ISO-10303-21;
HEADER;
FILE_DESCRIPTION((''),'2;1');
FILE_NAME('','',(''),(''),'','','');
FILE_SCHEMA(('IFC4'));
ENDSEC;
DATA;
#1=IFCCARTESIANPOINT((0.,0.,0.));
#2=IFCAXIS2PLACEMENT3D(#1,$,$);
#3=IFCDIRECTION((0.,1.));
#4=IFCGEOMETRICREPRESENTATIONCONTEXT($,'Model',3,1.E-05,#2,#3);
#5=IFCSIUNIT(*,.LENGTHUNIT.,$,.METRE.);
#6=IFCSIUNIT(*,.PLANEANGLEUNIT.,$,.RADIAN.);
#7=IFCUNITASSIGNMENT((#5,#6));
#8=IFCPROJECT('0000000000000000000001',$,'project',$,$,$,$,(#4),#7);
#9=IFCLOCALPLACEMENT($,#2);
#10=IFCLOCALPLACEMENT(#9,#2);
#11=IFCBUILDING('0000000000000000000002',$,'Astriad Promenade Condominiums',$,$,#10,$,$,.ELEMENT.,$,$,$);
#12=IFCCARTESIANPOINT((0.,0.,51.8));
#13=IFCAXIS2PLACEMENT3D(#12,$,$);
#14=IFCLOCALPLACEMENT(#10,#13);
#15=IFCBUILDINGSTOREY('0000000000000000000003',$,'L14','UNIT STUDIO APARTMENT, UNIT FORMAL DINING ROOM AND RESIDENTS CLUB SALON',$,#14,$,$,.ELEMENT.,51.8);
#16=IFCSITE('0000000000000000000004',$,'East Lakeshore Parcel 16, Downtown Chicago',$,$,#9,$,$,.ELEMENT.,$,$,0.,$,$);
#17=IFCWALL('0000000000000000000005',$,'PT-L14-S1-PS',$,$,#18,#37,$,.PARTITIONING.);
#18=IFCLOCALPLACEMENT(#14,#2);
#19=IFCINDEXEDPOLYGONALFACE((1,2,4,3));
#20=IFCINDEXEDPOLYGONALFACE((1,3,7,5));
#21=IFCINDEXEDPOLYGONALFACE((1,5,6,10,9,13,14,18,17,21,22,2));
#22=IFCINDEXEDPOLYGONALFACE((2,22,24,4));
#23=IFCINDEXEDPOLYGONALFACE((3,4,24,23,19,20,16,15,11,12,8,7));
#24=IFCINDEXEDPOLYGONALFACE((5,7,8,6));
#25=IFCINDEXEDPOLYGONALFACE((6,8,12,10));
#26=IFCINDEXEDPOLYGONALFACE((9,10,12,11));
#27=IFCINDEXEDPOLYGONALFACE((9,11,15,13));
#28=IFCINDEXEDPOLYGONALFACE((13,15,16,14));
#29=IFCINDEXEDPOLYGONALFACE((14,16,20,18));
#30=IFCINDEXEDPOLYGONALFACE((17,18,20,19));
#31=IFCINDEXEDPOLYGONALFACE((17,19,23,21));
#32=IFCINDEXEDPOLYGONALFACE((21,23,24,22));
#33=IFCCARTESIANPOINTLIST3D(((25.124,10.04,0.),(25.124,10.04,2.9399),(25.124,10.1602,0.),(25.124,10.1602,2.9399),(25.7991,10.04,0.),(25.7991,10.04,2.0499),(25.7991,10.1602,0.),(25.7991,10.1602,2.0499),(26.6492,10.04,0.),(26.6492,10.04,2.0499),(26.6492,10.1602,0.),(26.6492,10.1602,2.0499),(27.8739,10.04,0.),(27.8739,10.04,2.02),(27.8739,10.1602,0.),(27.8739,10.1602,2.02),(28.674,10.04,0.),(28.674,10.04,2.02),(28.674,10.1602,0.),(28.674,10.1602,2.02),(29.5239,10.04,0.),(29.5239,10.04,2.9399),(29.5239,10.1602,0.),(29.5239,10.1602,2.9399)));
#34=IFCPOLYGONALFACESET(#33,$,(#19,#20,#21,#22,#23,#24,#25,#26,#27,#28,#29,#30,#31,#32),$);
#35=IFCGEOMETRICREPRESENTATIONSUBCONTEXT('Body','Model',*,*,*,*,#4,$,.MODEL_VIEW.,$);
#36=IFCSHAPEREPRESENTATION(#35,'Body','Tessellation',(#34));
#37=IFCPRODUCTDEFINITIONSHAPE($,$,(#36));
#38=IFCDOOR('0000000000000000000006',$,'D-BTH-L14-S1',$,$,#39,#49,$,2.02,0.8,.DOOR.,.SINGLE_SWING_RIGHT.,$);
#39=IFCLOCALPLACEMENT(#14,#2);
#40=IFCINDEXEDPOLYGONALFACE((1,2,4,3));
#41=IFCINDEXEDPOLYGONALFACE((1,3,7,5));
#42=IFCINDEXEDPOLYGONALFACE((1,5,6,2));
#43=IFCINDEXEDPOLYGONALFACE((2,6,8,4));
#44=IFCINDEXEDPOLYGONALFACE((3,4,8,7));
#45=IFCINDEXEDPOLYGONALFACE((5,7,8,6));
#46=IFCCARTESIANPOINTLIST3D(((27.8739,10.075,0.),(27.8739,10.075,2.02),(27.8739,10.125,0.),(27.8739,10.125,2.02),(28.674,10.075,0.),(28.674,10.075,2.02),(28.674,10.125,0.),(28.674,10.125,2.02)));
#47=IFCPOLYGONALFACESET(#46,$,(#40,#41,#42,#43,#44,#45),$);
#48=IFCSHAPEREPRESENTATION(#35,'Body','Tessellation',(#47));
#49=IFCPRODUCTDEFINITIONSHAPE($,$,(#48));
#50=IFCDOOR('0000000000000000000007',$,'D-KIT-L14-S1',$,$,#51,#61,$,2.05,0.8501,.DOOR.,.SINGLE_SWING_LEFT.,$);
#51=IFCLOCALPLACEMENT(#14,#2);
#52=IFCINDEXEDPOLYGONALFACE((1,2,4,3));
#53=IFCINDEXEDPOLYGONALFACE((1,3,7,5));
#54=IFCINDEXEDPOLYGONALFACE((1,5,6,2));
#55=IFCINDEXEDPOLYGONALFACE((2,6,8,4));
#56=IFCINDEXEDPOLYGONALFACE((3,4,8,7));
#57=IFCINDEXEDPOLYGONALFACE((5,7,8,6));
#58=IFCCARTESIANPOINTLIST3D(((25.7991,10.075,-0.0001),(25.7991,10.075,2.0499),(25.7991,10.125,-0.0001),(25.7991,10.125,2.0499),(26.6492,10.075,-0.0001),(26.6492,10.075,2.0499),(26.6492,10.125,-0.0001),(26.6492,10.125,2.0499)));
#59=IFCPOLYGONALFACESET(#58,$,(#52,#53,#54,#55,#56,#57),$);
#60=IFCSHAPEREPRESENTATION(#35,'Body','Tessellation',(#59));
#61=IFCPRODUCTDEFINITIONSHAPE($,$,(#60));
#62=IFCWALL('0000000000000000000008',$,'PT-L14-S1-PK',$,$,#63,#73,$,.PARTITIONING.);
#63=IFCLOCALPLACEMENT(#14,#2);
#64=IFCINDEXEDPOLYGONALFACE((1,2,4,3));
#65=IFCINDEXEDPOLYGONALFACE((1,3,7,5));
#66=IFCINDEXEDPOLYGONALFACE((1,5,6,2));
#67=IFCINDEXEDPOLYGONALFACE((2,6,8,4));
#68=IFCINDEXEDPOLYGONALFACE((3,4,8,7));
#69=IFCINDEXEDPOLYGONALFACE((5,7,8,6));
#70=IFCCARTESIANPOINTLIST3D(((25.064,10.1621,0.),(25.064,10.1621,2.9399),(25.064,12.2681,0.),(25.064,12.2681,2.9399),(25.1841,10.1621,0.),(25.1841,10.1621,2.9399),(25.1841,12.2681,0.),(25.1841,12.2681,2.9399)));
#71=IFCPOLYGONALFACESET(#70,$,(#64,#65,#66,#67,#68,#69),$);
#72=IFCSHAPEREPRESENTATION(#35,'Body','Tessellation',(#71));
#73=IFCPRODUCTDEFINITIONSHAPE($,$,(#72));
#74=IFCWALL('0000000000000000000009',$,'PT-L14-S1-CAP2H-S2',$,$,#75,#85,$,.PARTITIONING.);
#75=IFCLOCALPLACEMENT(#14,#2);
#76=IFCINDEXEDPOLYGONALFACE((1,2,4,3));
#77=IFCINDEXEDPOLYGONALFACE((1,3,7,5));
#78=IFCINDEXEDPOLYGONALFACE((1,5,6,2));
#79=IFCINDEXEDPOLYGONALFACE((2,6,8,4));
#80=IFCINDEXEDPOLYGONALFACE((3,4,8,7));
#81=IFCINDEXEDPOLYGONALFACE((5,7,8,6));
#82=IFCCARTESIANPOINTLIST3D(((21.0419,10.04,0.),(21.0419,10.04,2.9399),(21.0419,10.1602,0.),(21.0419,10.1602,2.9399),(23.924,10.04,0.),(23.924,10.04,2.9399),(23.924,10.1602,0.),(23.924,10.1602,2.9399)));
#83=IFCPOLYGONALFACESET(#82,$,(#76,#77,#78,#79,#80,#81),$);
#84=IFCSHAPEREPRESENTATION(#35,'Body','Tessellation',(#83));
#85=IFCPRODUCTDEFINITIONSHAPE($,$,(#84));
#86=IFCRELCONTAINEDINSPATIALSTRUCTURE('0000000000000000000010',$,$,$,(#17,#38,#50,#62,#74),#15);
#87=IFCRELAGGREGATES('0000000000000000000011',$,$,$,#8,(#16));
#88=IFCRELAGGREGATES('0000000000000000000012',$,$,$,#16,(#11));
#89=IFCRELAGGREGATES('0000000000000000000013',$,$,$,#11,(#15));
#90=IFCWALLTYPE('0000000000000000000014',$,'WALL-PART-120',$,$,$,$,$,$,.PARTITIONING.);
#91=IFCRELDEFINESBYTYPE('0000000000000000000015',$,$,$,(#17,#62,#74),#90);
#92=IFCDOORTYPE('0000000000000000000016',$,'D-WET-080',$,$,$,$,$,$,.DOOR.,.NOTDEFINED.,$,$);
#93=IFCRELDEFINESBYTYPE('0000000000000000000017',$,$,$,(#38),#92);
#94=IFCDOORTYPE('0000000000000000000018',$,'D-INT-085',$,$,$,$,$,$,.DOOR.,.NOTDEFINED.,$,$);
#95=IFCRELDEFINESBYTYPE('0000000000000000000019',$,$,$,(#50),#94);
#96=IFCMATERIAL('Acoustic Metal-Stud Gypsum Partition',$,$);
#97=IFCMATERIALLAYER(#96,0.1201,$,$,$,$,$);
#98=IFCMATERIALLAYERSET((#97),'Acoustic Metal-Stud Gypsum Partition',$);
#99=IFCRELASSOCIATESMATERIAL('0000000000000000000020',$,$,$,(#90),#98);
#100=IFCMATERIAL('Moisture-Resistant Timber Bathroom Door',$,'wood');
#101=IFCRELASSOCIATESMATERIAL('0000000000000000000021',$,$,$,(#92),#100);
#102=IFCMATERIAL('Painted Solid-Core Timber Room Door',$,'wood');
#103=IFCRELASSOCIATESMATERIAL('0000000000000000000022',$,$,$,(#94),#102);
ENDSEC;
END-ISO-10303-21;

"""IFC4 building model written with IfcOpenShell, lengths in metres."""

from ifc_helpers import new_model, si_unit, direction, frame, frame_2d, origin, place, context, subcontext, project, spatial, rectangle, extrude, source, transform, mapped, material, layer, layer_set, type_object, type_shapes, element, fill, save


model = new_model("IFC4")

# Units and contexts
model_context = context("Model", 3, precision=1e-05, world=origin(), true_north=direction((0.0, 1.0)))
body_context = subcontext(model_context, "Body", "Model", "MODEL_VIEW")
ifc_project = project(units=[si_unit("LENGTHUNIT", "METRE"), si_unit("PLANEANGLEUNIT", "RADIAN")], contexts=[model_context])

# Site, building, storey
site_placement = place(None, origin())
site = spatial("IfcSite", under=ifc_project, at=site_placement, Name="East Lakeshore Parcel 16, Downtown Chicago", CompositionType="ELEMENT", RefElevation=0.0)
building_placement = place(site_placement, origin())
building = spatial("IfcBuilding", under=site, at=building_placement, Name="Astriad Promenade Condominiums", CompositionType="ELEMENT")
storey_placement = place(building_placement, frame((0.0, 0.0, 51.8)))
storey = spatial("IfcBuildingStorey", under=building, at=storey_placement, Name="L14", Description="UNIT STUDIO APARTMENT, UNIT FORMAL DINING ROOM AND RESIDENTS CLUB SALON", CompositionType="ELEMENT", Elevation=51.8)

# Wall, openings, doors
ifc_material_1 = material(Name="Acoustic Metal-Stud Gypsum Partition")
ifc_layer_1 = layer(ifc_material_1, 0.1201)
ifc_layer_set_1 = layer_set([ifc_layer_1], Name="Acoustic Metal-Stud Gypsum Partition")
wall_type_1 = type_object("IfcWallType", Name="WALL-PART-120", PredefinedType="PARTITIONING", material=ifc_layer_set_1)
wall_1_placement = place(storey_placement, frame((25.124, 10.1001, 0.0), z_axis=(0.0, 0.0, 1.0), x_axis=(1.0, 0.0, 0.0)))
wall_1 = element("IfcWall", 1, at=wall_1_placement, inside=storey, type_object=wall_type_1, Name="PT-L14-S1-PS", PredefinedType="PARTITIONING", context=body_context, shape_type="SweptSolid", body=[
    extrude(rectangle(XDim=4.3999, YDim=0.1201, at=frame_2d((2.2, 0.0))), origin(), (0.0, 0.0, 1.0), 2.9399),
])
opening_1_placement = place(wall_1_placement, frame((0.675, 0.0, 0.0)))
opening_1 = element("IfcOpeningElement", 2, at=opening_1_placement, cuts=wall_1, PredefinedType="OPENING", context=body_context, shape_type="SweptSolid", body=[
    extrude(rectangle(XDim=0.8501, YDim=2.05, at=frame_2d((0.425, 1.0249))), frame((0.0, 0.0701, 0.0), z_axis=(0.0, -1.0, 0.0), x_axis=(1.0, 0.0, 0.0)), (0.0, 0.0, 1.0), 0.1401),
])
opening_2_placement = place(wall_1_placement, frame((2.75, 0.0, 0.0)))
opening_2 = element("IfcOpeningElement", 3, at=opening_2_placement, cuts=wall_1, PredefinedType="OPENING", context=body_context, shape_type="SweptSolid", body=[
    extrude(rectangle(XDim=0.8, YDim=2.02, at=frame_2d((0.3999, 1.01))), frame((0.0, 0.0701, 0.0), z_axis=(0.0, -1.0, 0.0), x_axis=(1.0, 0.0, 0.0)), (0.0, 0.0, 1.0), 0.1401),
])
ifc_material_2 = material(Name="Moisture-Resistant Timber Bathroom Door", Category="wood")
door_type_1 = type_object("IfcDoorType", Name="D-WET-080", OperationType="NOTDEFINED", PredefinedType="DOOR", material=ifc_material_2)
shared_shape_1 = source(origin(), body_context, "Body", "SweptSolid", [
    extrude(rectangle(XDim=0.8, YDim=2.02, at=frame_2d((0.3999, 1.01))), frame((0.0, 0.0249, 0.0), z_axis=(0.0, -1.0, 0.0), x_axis=(1.0, 0.0, 0.0)), (0.0, 0.0, 1.0), 0.05),
])
type_shapes(door_type_1, [shared_shape_1])
door_1_placement = place(opening_2_placement, origin())
door_1 = element("IfcDoor", 4, at=door_1_placement, inside=storey, type_object=door_type_1, Name="D-BTH-L14-S1", OperationType="SINGLE_SWING_RIGHT", OverallHeight=2.02, OverallWidth=0.8, PredefinedType="DOOR", context=body_context, shape_type="MappedRepresentation", body=[
    mapped(shared_shape_1, transform((0.0, 0.0, 0.0), scale=1.0)),
])
fill(opening_2, door_1)
ifc_material_3 = material(Name="Painted Solid-Core Timber Room Door", Category="wood")
door_type_2 = type_object("IfcDoorType", Name="D-INT-085", OperationType="NOTDEFINED", PredefinedType="DOOR", material=ifc_material_3)
shared_shape_2 = source(origin(), body_context, "Body", "SweptSolid", [
    extrude(rectangle(XDim=0.8501, YDim=2.05, at=frame_2d((0.425, 1.0249))), frame((0.0, 0.0249, 0.0), z_axis=(0.0, -1.0, 0.0), x_axis=(1.0, 0.0, 0.0)), (0.0, 0.0, 1.0), 0.05),
])
type_shapes(door_type_2, [shared_shape_2])
door_2_placement = place(opening_1_placement, origin())
door_2 = element("IfcDoor", 5, at=door_2_placement, inside=storey, type_object=door_type_2, Name="D-KIT-L14-S1", OperationType="SINGLE_SWING_LEFT", OverallHeight=2.05, OverallWidth=0.8501, PredefinedType="DOOR", context=body_context, shape_type="MappedRepresentation", body=[
    mapped(shared_shape_2, transform((0.0, 0.0, 0.0), scale=1.0)),
])
fill(opening_1, door_2)

# Walls
wall_2_placement = place(storey_placement, frame((25.124, 10.1621, 0.0), z_axis=(0.0, 0.0, 1.0), x_axis=(0.0, 1.0, 0.0)))
element("IfcWall", 6, at=wall_2_placement, inside=storey, type_object=wall_type_1, Name="PT-L14-S1-PK", PredefinedType="PARTITIONING", context=body_context, shape_type="SweptSolid", body=[
    extrude(rectangle(XDim=2.106, YDim=0.1201, at=frame_2d((1.053, 0.0))), origin(), (0.0, 0.0, 1.0), 2.9399),
])
wall_3_placement = place(storey_placement, frame((21.042, 10.1001, 0.0), z_axis=(0.0, 0.0, 1.0), x_axis=(1.0, 0.0, 0.0)))
element("IfcWall", 7, at=wall_3_placement, inside=storey, type_object=wall_type_1, Name="PT-L14-S1-CAP2H-S2", PredefinedType="PARTITIONING", context=body_context, shape_type="SweptSolid", body=[
    extrude(rectangle(XDim=2.8821, YDim=0.1201, at=frame_2d((1.4409, 0.0))), origin(), (0.0, 0.0, 1.0), 2.9399),
])

save(model, "model.ifc")
